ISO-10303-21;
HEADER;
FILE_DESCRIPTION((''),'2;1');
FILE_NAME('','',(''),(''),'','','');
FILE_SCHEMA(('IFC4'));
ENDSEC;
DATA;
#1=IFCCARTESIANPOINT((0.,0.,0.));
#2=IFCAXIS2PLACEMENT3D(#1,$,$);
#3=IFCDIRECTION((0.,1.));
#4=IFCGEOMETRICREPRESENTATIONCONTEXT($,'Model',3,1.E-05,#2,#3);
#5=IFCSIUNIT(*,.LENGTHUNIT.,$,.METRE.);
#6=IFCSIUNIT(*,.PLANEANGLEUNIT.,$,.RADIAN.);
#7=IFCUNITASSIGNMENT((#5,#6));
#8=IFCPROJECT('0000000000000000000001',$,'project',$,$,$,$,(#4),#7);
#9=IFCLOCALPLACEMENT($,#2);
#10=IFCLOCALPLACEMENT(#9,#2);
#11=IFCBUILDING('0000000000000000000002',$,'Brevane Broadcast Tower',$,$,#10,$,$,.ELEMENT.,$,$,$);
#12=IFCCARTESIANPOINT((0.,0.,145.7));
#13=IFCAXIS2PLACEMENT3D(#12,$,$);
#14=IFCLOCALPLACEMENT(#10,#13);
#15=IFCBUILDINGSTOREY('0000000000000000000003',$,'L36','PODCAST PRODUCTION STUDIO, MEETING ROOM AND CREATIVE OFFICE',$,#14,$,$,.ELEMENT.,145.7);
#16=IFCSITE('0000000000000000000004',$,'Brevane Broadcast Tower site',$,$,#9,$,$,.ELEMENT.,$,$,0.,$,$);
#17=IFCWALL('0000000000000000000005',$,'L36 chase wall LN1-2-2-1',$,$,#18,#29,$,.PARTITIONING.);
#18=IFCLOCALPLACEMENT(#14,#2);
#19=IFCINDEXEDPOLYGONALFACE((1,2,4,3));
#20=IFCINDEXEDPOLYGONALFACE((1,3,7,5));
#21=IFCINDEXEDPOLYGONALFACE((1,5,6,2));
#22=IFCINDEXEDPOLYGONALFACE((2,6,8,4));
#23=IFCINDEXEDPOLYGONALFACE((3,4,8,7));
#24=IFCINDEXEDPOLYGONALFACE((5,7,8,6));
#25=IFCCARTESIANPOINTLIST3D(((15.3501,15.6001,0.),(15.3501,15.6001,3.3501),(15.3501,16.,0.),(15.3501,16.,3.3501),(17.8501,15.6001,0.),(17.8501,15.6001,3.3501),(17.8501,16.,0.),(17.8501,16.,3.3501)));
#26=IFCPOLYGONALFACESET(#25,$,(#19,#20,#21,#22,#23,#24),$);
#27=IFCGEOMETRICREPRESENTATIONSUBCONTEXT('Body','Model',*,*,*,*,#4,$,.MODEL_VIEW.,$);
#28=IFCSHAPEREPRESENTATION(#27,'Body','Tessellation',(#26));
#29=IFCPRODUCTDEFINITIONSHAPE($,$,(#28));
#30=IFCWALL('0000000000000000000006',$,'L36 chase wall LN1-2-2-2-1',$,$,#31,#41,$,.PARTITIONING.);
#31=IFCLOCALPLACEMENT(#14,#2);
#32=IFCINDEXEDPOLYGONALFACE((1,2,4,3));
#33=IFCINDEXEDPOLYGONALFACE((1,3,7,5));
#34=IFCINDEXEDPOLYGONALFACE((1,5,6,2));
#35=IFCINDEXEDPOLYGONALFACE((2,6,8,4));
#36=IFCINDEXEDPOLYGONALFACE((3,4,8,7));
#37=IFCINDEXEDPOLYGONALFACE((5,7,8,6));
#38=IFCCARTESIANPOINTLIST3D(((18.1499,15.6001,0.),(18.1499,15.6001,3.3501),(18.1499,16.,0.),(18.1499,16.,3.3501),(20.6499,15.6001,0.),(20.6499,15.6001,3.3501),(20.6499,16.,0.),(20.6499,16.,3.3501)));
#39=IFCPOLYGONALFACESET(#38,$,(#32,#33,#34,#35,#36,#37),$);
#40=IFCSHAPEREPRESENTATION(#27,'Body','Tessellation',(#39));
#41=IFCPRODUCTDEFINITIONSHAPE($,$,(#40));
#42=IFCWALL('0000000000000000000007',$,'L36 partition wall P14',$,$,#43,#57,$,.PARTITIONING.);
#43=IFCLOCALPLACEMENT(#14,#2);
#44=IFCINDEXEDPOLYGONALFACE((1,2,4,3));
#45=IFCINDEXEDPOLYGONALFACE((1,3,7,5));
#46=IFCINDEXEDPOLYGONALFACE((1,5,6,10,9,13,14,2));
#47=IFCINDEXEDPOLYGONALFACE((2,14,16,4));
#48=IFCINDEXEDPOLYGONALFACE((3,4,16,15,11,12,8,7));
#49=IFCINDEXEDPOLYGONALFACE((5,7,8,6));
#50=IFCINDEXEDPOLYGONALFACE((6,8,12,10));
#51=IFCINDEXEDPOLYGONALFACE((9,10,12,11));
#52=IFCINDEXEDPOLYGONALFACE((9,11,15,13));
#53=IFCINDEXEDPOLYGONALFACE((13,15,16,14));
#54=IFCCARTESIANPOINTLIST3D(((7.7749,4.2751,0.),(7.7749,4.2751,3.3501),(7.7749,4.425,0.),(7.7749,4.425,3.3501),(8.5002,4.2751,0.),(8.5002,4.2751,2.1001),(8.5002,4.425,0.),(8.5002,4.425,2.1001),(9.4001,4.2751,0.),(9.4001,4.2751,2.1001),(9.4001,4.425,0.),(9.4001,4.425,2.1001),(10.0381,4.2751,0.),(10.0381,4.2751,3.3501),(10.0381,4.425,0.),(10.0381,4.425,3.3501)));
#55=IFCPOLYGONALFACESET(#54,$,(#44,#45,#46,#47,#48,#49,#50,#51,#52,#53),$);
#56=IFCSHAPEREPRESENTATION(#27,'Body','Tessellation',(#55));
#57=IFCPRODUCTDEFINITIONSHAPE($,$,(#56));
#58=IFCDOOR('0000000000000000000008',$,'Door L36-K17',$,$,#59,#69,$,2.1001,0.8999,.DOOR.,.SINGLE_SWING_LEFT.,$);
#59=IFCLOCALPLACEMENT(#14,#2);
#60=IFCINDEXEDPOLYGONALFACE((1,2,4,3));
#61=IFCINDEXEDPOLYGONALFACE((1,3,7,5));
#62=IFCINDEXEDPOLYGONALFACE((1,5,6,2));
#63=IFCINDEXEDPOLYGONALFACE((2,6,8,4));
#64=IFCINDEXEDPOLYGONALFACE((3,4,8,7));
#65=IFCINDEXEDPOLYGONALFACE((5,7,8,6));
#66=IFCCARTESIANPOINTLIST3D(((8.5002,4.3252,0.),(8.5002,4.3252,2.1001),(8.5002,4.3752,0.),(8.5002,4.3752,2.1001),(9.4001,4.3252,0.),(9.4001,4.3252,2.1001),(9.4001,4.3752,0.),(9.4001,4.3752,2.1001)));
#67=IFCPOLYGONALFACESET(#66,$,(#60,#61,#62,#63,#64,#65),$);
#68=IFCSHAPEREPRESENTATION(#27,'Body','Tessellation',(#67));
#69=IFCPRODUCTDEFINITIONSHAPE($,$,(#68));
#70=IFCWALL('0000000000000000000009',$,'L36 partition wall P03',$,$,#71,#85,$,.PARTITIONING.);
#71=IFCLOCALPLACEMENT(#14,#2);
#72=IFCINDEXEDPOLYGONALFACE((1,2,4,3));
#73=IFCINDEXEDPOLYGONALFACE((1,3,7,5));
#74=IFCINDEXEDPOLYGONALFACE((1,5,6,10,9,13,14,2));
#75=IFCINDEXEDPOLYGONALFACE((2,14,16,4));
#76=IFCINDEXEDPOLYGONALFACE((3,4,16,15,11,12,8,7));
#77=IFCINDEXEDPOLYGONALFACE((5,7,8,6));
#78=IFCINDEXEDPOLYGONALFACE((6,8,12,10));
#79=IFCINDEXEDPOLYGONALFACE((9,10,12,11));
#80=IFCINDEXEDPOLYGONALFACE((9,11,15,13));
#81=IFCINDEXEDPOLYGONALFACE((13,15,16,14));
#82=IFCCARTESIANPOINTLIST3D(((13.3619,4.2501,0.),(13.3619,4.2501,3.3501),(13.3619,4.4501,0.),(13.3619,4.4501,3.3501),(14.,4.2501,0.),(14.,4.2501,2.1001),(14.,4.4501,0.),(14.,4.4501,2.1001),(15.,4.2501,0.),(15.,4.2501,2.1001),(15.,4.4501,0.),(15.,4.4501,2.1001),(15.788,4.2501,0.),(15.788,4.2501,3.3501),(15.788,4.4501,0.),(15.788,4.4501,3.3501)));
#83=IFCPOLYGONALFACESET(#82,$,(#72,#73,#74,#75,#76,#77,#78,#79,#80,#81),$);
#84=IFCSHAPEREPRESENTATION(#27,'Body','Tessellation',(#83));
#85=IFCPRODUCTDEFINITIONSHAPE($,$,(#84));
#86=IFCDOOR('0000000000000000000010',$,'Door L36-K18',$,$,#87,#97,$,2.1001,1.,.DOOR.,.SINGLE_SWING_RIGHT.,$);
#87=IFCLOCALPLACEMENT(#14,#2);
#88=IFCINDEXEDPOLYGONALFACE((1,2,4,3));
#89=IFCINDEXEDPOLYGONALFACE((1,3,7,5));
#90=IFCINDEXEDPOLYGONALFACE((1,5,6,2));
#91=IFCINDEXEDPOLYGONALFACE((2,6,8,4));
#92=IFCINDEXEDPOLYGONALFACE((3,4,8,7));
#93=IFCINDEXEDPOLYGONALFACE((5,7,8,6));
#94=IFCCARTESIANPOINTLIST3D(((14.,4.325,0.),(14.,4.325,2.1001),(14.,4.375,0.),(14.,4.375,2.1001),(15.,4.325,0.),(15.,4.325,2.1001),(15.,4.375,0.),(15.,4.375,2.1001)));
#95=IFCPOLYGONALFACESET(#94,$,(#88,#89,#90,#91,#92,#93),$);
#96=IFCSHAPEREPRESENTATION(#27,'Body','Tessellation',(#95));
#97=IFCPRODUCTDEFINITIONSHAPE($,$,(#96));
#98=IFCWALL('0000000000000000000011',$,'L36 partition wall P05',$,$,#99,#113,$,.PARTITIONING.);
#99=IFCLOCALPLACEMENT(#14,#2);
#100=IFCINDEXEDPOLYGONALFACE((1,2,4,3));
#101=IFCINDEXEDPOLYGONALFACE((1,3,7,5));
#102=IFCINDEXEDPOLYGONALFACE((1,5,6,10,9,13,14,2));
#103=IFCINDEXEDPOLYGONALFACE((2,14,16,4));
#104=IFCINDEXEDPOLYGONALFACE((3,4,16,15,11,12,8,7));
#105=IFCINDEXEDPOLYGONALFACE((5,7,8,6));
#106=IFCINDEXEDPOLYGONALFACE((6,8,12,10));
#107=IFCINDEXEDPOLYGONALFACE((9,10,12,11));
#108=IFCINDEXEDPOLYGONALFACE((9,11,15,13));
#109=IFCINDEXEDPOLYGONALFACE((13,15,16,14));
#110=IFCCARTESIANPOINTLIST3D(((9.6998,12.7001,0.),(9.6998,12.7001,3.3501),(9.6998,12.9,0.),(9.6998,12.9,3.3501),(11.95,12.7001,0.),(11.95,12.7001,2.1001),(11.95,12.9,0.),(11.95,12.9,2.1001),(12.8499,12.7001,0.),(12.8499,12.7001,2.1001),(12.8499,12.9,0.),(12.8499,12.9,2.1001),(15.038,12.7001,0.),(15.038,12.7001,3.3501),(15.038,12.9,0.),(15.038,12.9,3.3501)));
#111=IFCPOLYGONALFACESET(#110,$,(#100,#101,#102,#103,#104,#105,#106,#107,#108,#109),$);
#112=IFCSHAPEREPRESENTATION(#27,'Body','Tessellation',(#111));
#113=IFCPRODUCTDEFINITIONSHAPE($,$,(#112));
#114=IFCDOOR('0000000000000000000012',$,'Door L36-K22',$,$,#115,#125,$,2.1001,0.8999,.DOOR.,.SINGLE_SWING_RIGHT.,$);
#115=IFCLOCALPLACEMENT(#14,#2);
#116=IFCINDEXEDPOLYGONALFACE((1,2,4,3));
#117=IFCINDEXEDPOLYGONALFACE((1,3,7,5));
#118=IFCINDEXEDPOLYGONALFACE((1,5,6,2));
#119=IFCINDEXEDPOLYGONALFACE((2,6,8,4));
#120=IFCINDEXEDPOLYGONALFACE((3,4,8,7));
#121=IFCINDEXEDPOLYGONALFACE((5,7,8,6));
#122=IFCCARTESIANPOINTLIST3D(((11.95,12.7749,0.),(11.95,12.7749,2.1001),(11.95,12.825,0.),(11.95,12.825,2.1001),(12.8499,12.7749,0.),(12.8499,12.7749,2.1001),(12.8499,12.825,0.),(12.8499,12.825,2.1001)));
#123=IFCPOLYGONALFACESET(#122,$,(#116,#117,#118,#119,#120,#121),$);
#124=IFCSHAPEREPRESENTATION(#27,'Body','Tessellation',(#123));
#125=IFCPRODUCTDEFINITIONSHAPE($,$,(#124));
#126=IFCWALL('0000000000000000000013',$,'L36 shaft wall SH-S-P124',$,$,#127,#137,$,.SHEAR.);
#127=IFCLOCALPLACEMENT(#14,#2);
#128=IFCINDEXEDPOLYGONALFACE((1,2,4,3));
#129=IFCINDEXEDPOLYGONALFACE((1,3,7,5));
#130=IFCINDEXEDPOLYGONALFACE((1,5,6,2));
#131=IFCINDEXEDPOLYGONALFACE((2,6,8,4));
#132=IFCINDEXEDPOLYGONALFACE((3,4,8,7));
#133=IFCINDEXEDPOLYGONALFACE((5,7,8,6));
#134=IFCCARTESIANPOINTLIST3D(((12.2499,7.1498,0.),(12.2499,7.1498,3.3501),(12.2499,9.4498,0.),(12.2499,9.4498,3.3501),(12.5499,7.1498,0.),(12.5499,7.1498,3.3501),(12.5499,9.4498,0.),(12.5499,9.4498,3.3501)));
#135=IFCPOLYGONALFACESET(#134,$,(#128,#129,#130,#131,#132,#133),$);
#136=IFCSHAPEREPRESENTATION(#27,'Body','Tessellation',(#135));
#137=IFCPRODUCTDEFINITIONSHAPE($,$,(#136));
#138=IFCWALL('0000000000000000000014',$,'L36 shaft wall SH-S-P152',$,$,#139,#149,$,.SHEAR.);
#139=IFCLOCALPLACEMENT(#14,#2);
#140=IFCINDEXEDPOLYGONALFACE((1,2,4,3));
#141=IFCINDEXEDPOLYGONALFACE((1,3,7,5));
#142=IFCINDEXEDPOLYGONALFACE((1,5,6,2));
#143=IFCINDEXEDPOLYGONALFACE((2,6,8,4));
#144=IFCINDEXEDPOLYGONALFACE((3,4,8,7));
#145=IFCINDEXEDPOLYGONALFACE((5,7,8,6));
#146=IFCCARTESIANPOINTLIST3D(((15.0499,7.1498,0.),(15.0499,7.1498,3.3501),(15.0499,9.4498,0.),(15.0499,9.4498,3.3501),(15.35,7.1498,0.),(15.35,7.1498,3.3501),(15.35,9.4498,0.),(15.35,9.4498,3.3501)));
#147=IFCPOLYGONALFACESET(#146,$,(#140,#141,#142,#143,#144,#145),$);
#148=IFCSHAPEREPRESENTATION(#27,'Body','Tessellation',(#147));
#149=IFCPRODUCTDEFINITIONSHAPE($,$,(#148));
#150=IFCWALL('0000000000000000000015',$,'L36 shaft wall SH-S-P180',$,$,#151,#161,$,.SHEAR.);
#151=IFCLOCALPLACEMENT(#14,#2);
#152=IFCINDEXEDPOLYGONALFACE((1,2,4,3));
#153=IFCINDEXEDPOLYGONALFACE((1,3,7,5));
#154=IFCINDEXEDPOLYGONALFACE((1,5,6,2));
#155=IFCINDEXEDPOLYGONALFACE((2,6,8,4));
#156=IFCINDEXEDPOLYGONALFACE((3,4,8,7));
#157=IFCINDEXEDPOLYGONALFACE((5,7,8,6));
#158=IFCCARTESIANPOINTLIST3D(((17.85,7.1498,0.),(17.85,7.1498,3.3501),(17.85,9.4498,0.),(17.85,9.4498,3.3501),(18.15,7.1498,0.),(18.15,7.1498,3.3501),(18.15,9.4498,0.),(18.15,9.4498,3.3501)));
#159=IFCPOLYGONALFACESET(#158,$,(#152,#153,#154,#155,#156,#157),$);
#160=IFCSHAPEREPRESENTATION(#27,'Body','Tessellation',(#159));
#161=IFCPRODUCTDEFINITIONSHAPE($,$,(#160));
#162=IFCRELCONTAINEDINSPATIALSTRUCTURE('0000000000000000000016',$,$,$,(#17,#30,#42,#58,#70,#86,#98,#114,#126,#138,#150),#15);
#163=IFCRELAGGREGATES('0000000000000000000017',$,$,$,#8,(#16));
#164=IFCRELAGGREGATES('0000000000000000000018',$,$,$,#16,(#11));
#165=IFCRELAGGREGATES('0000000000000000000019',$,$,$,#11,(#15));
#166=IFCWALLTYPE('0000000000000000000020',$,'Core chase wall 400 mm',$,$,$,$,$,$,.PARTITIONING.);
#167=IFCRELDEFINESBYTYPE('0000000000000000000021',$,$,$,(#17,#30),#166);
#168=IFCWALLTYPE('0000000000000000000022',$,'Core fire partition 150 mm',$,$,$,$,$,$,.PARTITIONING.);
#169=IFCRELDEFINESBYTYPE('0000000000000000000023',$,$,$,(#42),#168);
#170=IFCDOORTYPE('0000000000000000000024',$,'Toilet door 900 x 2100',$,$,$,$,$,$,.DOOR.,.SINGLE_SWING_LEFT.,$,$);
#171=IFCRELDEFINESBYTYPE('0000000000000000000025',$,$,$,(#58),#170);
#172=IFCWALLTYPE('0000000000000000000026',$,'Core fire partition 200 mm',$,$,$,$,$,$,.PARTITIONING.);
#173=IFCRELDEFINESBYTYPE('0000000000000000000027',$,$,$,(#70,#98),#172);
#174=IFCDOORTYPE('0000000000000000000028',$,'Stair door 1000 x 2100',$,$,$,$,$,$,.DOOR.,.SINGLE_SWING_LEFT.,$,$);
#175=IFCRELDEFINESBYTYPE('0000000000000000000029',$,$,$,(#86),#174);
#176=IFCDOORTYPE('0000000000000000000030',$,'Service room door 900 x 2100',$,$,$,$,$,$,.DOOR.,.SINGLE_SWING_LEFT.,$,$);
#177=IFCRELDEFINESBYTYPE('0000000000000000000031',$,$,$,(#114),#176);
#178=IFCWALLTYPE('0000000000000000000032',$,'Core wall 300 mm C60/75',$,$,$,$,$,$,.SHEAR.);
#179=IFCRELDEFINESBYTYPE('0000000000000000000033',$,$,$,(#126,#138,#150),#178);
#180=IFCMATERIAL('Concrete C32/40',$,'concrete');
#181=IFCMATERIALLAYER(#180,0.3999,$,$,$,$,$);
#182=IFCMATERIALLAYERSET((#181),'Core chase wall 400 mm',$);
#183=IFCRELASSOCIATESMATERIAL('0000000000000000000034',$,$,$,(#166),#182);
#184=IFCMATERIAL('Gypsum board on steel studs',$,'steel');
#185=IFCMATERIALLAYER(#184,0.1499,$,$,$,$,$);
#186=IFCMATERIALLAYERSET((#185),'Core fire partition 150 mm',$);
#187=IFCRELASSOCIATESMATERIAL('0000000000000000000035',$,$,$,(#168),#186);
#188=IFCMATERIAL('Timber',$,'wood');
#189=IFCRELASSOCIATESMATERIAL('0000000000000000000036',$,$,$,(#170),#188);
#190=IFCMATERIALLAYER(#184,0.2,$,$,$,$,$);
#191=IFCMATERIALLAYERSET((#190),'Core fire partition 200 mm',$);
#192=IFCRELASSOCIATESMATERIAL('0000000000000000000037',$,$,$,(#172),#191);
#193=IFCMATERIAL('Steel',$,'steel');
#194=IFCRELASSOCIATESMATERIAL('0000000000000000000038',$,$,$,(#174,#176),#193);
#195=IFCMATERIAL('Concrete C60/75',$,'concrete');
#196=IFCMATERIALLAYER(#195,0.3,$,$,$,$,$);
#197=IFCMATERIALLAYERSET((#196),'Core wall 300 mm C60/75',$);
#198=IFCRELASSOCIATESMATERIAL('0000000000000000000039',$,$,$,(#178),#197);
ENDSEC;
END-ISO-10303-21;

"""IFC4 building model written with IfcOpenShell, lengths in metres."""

from ifc_helpers import new_model, si_unit, direction, frame, frame_2d, origin, place, context, subcontext, project, spatial, rectangle, extrude, material, layer, layer_set, type_object, element, fill, save


model = new_model("IFC4")

# Units and contexts
model_context = context("Model", 3, precision=1e-05, world=origin(), true_north=direction((0.0, 1.0)))
body_context = subcontext(model_context, "Body", "Model", "MODEL_VIEW")
ifc_project = project(units=[si_unit("LENGTHUNIT", "METRE"), si_unit("PLANEANGLEUNIT", "RADIAN")], contexts=[model_context])

# Site, building, storey
site_placement = place(None, origin())
site = spatial("IfcSite", under=ifc_project, at=site_placement, Name="Brevane Broadcast Tower site", CompositionType="ELEMENT", RefElevation=0.0)
building_placement = place(site_placement, origin())
building = spatial("IfcBuilding", under=site, at=building_placement, Name="Brevane Broadcast Tower", CompositionType="ELEMENT")
storey_placement = place(building_placement, frame((0.0, 0.0, 145.7)))
storey = spatial("IfcBuildingStorey", under=building, at=storey_placement, Name="L36", Description="PODCAST PRODUCTION STUDIO, MEETING ROOM AND CREATIVE OFFICE", CompositionType="ELEMENT", Elevation=145.7)

# Walls
ifc_material_1 = material(Name="Concrete C32/40", Category="concrete")
ifc_layer_1 = layer(ifc_material_1, 0.3999)
ifc_layer_set_1 = layer_set([ifc_layer_1], Name="Core chase wall 400 mm")
wall_type_1 = type_object("IfcWallType", Name="Core chase wall 400 mm", PredefinedType="PARTITIONING", material=ifc_layer_set_1)
for number, where, z_axis, x_axis, name in (
    (1, (15.3501, 15.8, 0.0), (0.0, 0.0, 1.0), (1.0, 0.0, 0.0), "L36 chase wall LN1-2-2-1"),
    (2, (18.1499, 15.8, 0.0), (0.0, 0.0, 1.0), (1.0, 0.0, 0.0), "L36 chase wall LN1-2-2-2-1"),
):
    element("IfcWall", number, at=place(storey_placement, frame(where, z_axis=z_axis, x_axis=x_axis)), inside=storey, type_object=wall_type_1, Name=name, PredefinedType="PARTITIONING", context=body_context, shape_type="SweptSolid", body=[
        extrude(rectangle(XDim=2.5, YDim=0.3999, at=frame_2d((1.25, 0.0))), origin(), (0.0, 0.0, 1.0), 3.3501),
    ])

# Walls, openings, doors
ifc_material_2 = material(Name="Gypsum board on steel studs", Category="steel")
ifc_layer_2 = layer(ifc_material_2, 0.1499)
ifc_layer_set_2 = layer_set([ifc_layer_2], Name="Core fire partition 150 mm")
wall_type_2 = type_object("IfcWallType", Name="Core fire partition 150 mm", PredefinedType="PARTITIONING", material=ifc_layer_set_2)
wall_1_placement = place(storey_placement, frame((10.0381, 4.3501, 0.0), z_axis=(0.0, 0.0, 1.0), x_axis=(-1.0, 0.0, 0.0)))
wall_1 = element("IfcWall", 3, at=wall_1_placement, inside=storey, type_object=wall_type_2, Name="L36 partition wall P14", PredefinedType="PARTITIONING", context=body_context, shape_type="SweptSolid", body=[
    extrude(rectangle(XDim=2.2632, YDim=0.1499, at=frame_2d((1.1316, 0.0))), origin(), (0.0, 0.0, 1.0), 3.3501),
])
opening_1_placement = place(wall_1_placement, frame((0.6379, 0.0, 0.0)))
opening_1 = element("IfcOpeningElement", 4, at=opening_1_placement, cuts=wall_1, PredefinedType="OPENING", context=body_context, shape_type="SweptSolid", body=[
    extrude(rectangle(XDim=0.8999, YDim=2.1001, at=frame_2d((0.45, 1.05))), frame((0.0, 0.085, 0.0), z_axis=(0.0, -1.0, 0.0), x_axis=(1.0, 0.0, 0.0)), (0.0, 0.0, 1.0), 0.1699),
])
ifc_material_3 = material(Name="Timber", Category="wood")
door_type_1 = type_object("IfcDoorType", Name="Toilet door 900 x 2100", OperationType="SINGLE_SWING_LEFT", PredefinedType="DOOR", material=ifc_material_3)
door_1_placement = place(opening_1_placement, origin())
door_1 = element("IfcDoor", 5, at=door_1_placement, inside=storey, type_object=door_type_1, Name="Door L36-K17", OperationType="SINGLE_SWING_LEFT", OverallHeight=2.1001, OverallWidth=0.8999, PredefinedType="DOOR", context=body_context, shape_type="SweptSolid", body=[
    extrude(rectangle(XDim=0.8999, YDim=2.1001, at=frame_2d((0.45, 1.05))), frame((0.0, 0.0249, 0.0), z_axis=(0.0, -1.0, 0.0), x_axis=(1.0, 0.0, 0.0)), (0.0, 0.0, 1.0), 0.05),
])
fill(opening_1, door_1)
ifc_layer_3 = layer(ifc_material_2, 0.2)
ifc_layer_set_3 = layer_set([ifc_layer_3], Name="Core fire partition 200 mm")
wall_type_3 = type_object("IfcWallType", Name="Core fire partition 200 mm", PredefinedType="PARTITIONING", material=ifc_layer_set_3)
wall_2_placement = place(storey_placement, frame((13.3621, 4.3501, 0.0), z_axis=(0.0, 0.0, 1.0), x_axis=(1.0, 0.0, 0.0)))
wall_2 = element("IfcWall", 6, at=wall_2_placement, inside=storey, type_object=wall_type_3, Name="L36 partition wall P03", PredefinedType="PARTITIONING", context=body_context, shape_type="SweptSolid", body=[
    extrude(rectangle(XDim=2.426, YDim=0.2, at=frame_2d((1.2129, 0.0))), origin(), (0.0, 0.0, 1.0), 3.3501),
])
opening_2_placement = place(wall_2_placement, frame((0.6379, 0.0, 0.0)))
opening_2 = element("IfcOpeningElement", 7, at=opening_2_placement, cuts=wall_2, PredefinedType="OPENING", context=body_context, shape_type="SweptSolid", body=[
    extrude(rectangle(XDim=1.0, YDim=2.1001, at=frame_2d((0.5, 1.05))), frame((0.0, 0.1099, 0.0), z_axis=(0.0, -1.0, 0.0), x_axis=(1.0, 0.0, 0.0)), (0.0, 0.0, 1.0), 0.22),
])
ifc_material_4 = material(Name="Steel", Category="steel")
door_type_2 = type_object("IfcDoorType", Name="Stair door 1000 x 2100", OperationType="SINGLE_SWING_LEFT", PredefinedType="DOOR", material=ifc_material_4)
door_2_placement = place(opening_2_placement, origin())
door_2 = element("IfcDoor", 8, at=door_2_placement, inside=storey, type_object=door_type_2, Name="Door L36-K18", OperationType="SINGLE_SWING_RIGHT", OverallHeight=2.1001, OverallWidth=1.0, PredefinedType="DOOR", context=body_context, shape_type="SweptSolid", body=[
    extrude(rectangle(XDim=1.0, YDim=2.1001, at=frame_2d((0.5, 1.05))), frame((0.0, 0.0249, 0.0), z_axis=(0.0, -1.0, 0.0), x_axis=(1.0, 0.0, 0.0)), (0.0, 0.0, 1.0), 0.05),
])
fill(opening_2, door_2)
wall_3_placement = place(storey_placement, frame((9.7, 12.8, 0.0), z_axis=(0.0, 0.0, 1.0), x_axis=(1.0, 0.0, 0.0)))
wall_3 = element("IfcWall", 9, at=wall_3_placement, inside=storey, type_object=wall_type_3, Name="L36 partition wall P05", PredefinedType="PARTITIONING", context=body_context, shape_type="SweptSolid", body=[
    extrude(rectangle(XDim=5.3381, YDim=0.2, at=frame_2d((2.6689, 0.0))), origin(), (0.0, 0.0, 1.0), 3.3501),
])
opening_3_placement = place(wall_3_placement, frame((2.25, 0.0, 0.0)))
opening_3 = element("IfcOpeningElement", 10, at=opening_3_placement, cuts=wall_3, PredefinedType="OPENING", context=body_context, shape_type="SweptSolid", body=[
    extrude(rectangle(XDim=0.8999, YDim=2.1001, at=frame_2d((0.45, 1.05))), frame((0.0, 0.1099, 0.0), z_axis=(0.0, -1.0, 0.0), x_axis=(1.0, 0.0, 0.0)), (0.0, 0.0, 1.0), 0.22),
])
door_type_3 = type_object("IfcDoorType", Name="Service room door 900 x 2100", OperationType="SINGLE_SWING_LEFT", PredefinedType="DOOR", material=ifc_material_4)
door_3_placement = place(opening_3_placement, origin())
door_3 = element("IfcDoor", 11, at=door_3_placement, inside=storey, type_object=door_type_3, Name="Door L36-K22", OperationType="SINGLE_SWING_RIGHT", OverallHeight=2.1001, OverallWidth=0.8999, PredefinedType="DOOR", context=body_context, shape_type="SweptSolid", body=[
    extrude(rectangle(XDim=0.8999, YDim=2.1001, at=frame_2d((0.45, 1.05))), frame((0.0, 0.0249, 0.0), z_axis=(0.0, -1.0, 0.0), x_axis=(1.0, 0.0, 0.0)), (0.0, 0.0, 1.0), 0.05),
])
fill(opening_3, door_3)

# Walls
ifc_material_5 = material(Name="Concrete C60/75", Category="concrete")
ifc_layer_4 = layer(ifc_material_5, 0.3)
ifc_layer_set_4 = layer_set([ifc_layer_4], Name="Core wall 300 mm C60/75")
wall_type_4 = type_object("IfcWallType", Name="Core wall 300 mm C60/75", PredefinedType="SHEAR", material=ifc_layer_set_4)
for number, where, z_axis, x_axis, name in (
    (12, (12.3999, 7.1499, 0.0), (0.0, 0.0, 1.0), (0.0, 1.0, 0.0), "L36 shaft wall SH-S-P124"),
    (13, (15.2, 7.1499, 0.0), (0.0, 0.0, 1.0), (0.0, 1.0, 0.0), "L36 shaft wall SH-S-P152"),
    (14, (18.0, 7.1499, 0.0), (0.0, 0.0, 1.0), (0.0, 1.0, 0.0), "L36 shaft wall SH-S-P180"),
):
    element("IfcWall", number, at=place(storey_placement, frame(where, z_axis=z_axis, x_axis=x_axis)), inside=storey, type_object=wall_type_4, Name=name, PredefinedType="SHEAR", context=body_context, shape_type="SweptSolid", body=[
        extrude(rectangle(XDim=2.3, YDim=0.3, at=frame_2d((1.1499, 0.0))), origin(), (0.0, 0.0, 1.0), 3.3501),
    ])

save(model, "model.ifc")
